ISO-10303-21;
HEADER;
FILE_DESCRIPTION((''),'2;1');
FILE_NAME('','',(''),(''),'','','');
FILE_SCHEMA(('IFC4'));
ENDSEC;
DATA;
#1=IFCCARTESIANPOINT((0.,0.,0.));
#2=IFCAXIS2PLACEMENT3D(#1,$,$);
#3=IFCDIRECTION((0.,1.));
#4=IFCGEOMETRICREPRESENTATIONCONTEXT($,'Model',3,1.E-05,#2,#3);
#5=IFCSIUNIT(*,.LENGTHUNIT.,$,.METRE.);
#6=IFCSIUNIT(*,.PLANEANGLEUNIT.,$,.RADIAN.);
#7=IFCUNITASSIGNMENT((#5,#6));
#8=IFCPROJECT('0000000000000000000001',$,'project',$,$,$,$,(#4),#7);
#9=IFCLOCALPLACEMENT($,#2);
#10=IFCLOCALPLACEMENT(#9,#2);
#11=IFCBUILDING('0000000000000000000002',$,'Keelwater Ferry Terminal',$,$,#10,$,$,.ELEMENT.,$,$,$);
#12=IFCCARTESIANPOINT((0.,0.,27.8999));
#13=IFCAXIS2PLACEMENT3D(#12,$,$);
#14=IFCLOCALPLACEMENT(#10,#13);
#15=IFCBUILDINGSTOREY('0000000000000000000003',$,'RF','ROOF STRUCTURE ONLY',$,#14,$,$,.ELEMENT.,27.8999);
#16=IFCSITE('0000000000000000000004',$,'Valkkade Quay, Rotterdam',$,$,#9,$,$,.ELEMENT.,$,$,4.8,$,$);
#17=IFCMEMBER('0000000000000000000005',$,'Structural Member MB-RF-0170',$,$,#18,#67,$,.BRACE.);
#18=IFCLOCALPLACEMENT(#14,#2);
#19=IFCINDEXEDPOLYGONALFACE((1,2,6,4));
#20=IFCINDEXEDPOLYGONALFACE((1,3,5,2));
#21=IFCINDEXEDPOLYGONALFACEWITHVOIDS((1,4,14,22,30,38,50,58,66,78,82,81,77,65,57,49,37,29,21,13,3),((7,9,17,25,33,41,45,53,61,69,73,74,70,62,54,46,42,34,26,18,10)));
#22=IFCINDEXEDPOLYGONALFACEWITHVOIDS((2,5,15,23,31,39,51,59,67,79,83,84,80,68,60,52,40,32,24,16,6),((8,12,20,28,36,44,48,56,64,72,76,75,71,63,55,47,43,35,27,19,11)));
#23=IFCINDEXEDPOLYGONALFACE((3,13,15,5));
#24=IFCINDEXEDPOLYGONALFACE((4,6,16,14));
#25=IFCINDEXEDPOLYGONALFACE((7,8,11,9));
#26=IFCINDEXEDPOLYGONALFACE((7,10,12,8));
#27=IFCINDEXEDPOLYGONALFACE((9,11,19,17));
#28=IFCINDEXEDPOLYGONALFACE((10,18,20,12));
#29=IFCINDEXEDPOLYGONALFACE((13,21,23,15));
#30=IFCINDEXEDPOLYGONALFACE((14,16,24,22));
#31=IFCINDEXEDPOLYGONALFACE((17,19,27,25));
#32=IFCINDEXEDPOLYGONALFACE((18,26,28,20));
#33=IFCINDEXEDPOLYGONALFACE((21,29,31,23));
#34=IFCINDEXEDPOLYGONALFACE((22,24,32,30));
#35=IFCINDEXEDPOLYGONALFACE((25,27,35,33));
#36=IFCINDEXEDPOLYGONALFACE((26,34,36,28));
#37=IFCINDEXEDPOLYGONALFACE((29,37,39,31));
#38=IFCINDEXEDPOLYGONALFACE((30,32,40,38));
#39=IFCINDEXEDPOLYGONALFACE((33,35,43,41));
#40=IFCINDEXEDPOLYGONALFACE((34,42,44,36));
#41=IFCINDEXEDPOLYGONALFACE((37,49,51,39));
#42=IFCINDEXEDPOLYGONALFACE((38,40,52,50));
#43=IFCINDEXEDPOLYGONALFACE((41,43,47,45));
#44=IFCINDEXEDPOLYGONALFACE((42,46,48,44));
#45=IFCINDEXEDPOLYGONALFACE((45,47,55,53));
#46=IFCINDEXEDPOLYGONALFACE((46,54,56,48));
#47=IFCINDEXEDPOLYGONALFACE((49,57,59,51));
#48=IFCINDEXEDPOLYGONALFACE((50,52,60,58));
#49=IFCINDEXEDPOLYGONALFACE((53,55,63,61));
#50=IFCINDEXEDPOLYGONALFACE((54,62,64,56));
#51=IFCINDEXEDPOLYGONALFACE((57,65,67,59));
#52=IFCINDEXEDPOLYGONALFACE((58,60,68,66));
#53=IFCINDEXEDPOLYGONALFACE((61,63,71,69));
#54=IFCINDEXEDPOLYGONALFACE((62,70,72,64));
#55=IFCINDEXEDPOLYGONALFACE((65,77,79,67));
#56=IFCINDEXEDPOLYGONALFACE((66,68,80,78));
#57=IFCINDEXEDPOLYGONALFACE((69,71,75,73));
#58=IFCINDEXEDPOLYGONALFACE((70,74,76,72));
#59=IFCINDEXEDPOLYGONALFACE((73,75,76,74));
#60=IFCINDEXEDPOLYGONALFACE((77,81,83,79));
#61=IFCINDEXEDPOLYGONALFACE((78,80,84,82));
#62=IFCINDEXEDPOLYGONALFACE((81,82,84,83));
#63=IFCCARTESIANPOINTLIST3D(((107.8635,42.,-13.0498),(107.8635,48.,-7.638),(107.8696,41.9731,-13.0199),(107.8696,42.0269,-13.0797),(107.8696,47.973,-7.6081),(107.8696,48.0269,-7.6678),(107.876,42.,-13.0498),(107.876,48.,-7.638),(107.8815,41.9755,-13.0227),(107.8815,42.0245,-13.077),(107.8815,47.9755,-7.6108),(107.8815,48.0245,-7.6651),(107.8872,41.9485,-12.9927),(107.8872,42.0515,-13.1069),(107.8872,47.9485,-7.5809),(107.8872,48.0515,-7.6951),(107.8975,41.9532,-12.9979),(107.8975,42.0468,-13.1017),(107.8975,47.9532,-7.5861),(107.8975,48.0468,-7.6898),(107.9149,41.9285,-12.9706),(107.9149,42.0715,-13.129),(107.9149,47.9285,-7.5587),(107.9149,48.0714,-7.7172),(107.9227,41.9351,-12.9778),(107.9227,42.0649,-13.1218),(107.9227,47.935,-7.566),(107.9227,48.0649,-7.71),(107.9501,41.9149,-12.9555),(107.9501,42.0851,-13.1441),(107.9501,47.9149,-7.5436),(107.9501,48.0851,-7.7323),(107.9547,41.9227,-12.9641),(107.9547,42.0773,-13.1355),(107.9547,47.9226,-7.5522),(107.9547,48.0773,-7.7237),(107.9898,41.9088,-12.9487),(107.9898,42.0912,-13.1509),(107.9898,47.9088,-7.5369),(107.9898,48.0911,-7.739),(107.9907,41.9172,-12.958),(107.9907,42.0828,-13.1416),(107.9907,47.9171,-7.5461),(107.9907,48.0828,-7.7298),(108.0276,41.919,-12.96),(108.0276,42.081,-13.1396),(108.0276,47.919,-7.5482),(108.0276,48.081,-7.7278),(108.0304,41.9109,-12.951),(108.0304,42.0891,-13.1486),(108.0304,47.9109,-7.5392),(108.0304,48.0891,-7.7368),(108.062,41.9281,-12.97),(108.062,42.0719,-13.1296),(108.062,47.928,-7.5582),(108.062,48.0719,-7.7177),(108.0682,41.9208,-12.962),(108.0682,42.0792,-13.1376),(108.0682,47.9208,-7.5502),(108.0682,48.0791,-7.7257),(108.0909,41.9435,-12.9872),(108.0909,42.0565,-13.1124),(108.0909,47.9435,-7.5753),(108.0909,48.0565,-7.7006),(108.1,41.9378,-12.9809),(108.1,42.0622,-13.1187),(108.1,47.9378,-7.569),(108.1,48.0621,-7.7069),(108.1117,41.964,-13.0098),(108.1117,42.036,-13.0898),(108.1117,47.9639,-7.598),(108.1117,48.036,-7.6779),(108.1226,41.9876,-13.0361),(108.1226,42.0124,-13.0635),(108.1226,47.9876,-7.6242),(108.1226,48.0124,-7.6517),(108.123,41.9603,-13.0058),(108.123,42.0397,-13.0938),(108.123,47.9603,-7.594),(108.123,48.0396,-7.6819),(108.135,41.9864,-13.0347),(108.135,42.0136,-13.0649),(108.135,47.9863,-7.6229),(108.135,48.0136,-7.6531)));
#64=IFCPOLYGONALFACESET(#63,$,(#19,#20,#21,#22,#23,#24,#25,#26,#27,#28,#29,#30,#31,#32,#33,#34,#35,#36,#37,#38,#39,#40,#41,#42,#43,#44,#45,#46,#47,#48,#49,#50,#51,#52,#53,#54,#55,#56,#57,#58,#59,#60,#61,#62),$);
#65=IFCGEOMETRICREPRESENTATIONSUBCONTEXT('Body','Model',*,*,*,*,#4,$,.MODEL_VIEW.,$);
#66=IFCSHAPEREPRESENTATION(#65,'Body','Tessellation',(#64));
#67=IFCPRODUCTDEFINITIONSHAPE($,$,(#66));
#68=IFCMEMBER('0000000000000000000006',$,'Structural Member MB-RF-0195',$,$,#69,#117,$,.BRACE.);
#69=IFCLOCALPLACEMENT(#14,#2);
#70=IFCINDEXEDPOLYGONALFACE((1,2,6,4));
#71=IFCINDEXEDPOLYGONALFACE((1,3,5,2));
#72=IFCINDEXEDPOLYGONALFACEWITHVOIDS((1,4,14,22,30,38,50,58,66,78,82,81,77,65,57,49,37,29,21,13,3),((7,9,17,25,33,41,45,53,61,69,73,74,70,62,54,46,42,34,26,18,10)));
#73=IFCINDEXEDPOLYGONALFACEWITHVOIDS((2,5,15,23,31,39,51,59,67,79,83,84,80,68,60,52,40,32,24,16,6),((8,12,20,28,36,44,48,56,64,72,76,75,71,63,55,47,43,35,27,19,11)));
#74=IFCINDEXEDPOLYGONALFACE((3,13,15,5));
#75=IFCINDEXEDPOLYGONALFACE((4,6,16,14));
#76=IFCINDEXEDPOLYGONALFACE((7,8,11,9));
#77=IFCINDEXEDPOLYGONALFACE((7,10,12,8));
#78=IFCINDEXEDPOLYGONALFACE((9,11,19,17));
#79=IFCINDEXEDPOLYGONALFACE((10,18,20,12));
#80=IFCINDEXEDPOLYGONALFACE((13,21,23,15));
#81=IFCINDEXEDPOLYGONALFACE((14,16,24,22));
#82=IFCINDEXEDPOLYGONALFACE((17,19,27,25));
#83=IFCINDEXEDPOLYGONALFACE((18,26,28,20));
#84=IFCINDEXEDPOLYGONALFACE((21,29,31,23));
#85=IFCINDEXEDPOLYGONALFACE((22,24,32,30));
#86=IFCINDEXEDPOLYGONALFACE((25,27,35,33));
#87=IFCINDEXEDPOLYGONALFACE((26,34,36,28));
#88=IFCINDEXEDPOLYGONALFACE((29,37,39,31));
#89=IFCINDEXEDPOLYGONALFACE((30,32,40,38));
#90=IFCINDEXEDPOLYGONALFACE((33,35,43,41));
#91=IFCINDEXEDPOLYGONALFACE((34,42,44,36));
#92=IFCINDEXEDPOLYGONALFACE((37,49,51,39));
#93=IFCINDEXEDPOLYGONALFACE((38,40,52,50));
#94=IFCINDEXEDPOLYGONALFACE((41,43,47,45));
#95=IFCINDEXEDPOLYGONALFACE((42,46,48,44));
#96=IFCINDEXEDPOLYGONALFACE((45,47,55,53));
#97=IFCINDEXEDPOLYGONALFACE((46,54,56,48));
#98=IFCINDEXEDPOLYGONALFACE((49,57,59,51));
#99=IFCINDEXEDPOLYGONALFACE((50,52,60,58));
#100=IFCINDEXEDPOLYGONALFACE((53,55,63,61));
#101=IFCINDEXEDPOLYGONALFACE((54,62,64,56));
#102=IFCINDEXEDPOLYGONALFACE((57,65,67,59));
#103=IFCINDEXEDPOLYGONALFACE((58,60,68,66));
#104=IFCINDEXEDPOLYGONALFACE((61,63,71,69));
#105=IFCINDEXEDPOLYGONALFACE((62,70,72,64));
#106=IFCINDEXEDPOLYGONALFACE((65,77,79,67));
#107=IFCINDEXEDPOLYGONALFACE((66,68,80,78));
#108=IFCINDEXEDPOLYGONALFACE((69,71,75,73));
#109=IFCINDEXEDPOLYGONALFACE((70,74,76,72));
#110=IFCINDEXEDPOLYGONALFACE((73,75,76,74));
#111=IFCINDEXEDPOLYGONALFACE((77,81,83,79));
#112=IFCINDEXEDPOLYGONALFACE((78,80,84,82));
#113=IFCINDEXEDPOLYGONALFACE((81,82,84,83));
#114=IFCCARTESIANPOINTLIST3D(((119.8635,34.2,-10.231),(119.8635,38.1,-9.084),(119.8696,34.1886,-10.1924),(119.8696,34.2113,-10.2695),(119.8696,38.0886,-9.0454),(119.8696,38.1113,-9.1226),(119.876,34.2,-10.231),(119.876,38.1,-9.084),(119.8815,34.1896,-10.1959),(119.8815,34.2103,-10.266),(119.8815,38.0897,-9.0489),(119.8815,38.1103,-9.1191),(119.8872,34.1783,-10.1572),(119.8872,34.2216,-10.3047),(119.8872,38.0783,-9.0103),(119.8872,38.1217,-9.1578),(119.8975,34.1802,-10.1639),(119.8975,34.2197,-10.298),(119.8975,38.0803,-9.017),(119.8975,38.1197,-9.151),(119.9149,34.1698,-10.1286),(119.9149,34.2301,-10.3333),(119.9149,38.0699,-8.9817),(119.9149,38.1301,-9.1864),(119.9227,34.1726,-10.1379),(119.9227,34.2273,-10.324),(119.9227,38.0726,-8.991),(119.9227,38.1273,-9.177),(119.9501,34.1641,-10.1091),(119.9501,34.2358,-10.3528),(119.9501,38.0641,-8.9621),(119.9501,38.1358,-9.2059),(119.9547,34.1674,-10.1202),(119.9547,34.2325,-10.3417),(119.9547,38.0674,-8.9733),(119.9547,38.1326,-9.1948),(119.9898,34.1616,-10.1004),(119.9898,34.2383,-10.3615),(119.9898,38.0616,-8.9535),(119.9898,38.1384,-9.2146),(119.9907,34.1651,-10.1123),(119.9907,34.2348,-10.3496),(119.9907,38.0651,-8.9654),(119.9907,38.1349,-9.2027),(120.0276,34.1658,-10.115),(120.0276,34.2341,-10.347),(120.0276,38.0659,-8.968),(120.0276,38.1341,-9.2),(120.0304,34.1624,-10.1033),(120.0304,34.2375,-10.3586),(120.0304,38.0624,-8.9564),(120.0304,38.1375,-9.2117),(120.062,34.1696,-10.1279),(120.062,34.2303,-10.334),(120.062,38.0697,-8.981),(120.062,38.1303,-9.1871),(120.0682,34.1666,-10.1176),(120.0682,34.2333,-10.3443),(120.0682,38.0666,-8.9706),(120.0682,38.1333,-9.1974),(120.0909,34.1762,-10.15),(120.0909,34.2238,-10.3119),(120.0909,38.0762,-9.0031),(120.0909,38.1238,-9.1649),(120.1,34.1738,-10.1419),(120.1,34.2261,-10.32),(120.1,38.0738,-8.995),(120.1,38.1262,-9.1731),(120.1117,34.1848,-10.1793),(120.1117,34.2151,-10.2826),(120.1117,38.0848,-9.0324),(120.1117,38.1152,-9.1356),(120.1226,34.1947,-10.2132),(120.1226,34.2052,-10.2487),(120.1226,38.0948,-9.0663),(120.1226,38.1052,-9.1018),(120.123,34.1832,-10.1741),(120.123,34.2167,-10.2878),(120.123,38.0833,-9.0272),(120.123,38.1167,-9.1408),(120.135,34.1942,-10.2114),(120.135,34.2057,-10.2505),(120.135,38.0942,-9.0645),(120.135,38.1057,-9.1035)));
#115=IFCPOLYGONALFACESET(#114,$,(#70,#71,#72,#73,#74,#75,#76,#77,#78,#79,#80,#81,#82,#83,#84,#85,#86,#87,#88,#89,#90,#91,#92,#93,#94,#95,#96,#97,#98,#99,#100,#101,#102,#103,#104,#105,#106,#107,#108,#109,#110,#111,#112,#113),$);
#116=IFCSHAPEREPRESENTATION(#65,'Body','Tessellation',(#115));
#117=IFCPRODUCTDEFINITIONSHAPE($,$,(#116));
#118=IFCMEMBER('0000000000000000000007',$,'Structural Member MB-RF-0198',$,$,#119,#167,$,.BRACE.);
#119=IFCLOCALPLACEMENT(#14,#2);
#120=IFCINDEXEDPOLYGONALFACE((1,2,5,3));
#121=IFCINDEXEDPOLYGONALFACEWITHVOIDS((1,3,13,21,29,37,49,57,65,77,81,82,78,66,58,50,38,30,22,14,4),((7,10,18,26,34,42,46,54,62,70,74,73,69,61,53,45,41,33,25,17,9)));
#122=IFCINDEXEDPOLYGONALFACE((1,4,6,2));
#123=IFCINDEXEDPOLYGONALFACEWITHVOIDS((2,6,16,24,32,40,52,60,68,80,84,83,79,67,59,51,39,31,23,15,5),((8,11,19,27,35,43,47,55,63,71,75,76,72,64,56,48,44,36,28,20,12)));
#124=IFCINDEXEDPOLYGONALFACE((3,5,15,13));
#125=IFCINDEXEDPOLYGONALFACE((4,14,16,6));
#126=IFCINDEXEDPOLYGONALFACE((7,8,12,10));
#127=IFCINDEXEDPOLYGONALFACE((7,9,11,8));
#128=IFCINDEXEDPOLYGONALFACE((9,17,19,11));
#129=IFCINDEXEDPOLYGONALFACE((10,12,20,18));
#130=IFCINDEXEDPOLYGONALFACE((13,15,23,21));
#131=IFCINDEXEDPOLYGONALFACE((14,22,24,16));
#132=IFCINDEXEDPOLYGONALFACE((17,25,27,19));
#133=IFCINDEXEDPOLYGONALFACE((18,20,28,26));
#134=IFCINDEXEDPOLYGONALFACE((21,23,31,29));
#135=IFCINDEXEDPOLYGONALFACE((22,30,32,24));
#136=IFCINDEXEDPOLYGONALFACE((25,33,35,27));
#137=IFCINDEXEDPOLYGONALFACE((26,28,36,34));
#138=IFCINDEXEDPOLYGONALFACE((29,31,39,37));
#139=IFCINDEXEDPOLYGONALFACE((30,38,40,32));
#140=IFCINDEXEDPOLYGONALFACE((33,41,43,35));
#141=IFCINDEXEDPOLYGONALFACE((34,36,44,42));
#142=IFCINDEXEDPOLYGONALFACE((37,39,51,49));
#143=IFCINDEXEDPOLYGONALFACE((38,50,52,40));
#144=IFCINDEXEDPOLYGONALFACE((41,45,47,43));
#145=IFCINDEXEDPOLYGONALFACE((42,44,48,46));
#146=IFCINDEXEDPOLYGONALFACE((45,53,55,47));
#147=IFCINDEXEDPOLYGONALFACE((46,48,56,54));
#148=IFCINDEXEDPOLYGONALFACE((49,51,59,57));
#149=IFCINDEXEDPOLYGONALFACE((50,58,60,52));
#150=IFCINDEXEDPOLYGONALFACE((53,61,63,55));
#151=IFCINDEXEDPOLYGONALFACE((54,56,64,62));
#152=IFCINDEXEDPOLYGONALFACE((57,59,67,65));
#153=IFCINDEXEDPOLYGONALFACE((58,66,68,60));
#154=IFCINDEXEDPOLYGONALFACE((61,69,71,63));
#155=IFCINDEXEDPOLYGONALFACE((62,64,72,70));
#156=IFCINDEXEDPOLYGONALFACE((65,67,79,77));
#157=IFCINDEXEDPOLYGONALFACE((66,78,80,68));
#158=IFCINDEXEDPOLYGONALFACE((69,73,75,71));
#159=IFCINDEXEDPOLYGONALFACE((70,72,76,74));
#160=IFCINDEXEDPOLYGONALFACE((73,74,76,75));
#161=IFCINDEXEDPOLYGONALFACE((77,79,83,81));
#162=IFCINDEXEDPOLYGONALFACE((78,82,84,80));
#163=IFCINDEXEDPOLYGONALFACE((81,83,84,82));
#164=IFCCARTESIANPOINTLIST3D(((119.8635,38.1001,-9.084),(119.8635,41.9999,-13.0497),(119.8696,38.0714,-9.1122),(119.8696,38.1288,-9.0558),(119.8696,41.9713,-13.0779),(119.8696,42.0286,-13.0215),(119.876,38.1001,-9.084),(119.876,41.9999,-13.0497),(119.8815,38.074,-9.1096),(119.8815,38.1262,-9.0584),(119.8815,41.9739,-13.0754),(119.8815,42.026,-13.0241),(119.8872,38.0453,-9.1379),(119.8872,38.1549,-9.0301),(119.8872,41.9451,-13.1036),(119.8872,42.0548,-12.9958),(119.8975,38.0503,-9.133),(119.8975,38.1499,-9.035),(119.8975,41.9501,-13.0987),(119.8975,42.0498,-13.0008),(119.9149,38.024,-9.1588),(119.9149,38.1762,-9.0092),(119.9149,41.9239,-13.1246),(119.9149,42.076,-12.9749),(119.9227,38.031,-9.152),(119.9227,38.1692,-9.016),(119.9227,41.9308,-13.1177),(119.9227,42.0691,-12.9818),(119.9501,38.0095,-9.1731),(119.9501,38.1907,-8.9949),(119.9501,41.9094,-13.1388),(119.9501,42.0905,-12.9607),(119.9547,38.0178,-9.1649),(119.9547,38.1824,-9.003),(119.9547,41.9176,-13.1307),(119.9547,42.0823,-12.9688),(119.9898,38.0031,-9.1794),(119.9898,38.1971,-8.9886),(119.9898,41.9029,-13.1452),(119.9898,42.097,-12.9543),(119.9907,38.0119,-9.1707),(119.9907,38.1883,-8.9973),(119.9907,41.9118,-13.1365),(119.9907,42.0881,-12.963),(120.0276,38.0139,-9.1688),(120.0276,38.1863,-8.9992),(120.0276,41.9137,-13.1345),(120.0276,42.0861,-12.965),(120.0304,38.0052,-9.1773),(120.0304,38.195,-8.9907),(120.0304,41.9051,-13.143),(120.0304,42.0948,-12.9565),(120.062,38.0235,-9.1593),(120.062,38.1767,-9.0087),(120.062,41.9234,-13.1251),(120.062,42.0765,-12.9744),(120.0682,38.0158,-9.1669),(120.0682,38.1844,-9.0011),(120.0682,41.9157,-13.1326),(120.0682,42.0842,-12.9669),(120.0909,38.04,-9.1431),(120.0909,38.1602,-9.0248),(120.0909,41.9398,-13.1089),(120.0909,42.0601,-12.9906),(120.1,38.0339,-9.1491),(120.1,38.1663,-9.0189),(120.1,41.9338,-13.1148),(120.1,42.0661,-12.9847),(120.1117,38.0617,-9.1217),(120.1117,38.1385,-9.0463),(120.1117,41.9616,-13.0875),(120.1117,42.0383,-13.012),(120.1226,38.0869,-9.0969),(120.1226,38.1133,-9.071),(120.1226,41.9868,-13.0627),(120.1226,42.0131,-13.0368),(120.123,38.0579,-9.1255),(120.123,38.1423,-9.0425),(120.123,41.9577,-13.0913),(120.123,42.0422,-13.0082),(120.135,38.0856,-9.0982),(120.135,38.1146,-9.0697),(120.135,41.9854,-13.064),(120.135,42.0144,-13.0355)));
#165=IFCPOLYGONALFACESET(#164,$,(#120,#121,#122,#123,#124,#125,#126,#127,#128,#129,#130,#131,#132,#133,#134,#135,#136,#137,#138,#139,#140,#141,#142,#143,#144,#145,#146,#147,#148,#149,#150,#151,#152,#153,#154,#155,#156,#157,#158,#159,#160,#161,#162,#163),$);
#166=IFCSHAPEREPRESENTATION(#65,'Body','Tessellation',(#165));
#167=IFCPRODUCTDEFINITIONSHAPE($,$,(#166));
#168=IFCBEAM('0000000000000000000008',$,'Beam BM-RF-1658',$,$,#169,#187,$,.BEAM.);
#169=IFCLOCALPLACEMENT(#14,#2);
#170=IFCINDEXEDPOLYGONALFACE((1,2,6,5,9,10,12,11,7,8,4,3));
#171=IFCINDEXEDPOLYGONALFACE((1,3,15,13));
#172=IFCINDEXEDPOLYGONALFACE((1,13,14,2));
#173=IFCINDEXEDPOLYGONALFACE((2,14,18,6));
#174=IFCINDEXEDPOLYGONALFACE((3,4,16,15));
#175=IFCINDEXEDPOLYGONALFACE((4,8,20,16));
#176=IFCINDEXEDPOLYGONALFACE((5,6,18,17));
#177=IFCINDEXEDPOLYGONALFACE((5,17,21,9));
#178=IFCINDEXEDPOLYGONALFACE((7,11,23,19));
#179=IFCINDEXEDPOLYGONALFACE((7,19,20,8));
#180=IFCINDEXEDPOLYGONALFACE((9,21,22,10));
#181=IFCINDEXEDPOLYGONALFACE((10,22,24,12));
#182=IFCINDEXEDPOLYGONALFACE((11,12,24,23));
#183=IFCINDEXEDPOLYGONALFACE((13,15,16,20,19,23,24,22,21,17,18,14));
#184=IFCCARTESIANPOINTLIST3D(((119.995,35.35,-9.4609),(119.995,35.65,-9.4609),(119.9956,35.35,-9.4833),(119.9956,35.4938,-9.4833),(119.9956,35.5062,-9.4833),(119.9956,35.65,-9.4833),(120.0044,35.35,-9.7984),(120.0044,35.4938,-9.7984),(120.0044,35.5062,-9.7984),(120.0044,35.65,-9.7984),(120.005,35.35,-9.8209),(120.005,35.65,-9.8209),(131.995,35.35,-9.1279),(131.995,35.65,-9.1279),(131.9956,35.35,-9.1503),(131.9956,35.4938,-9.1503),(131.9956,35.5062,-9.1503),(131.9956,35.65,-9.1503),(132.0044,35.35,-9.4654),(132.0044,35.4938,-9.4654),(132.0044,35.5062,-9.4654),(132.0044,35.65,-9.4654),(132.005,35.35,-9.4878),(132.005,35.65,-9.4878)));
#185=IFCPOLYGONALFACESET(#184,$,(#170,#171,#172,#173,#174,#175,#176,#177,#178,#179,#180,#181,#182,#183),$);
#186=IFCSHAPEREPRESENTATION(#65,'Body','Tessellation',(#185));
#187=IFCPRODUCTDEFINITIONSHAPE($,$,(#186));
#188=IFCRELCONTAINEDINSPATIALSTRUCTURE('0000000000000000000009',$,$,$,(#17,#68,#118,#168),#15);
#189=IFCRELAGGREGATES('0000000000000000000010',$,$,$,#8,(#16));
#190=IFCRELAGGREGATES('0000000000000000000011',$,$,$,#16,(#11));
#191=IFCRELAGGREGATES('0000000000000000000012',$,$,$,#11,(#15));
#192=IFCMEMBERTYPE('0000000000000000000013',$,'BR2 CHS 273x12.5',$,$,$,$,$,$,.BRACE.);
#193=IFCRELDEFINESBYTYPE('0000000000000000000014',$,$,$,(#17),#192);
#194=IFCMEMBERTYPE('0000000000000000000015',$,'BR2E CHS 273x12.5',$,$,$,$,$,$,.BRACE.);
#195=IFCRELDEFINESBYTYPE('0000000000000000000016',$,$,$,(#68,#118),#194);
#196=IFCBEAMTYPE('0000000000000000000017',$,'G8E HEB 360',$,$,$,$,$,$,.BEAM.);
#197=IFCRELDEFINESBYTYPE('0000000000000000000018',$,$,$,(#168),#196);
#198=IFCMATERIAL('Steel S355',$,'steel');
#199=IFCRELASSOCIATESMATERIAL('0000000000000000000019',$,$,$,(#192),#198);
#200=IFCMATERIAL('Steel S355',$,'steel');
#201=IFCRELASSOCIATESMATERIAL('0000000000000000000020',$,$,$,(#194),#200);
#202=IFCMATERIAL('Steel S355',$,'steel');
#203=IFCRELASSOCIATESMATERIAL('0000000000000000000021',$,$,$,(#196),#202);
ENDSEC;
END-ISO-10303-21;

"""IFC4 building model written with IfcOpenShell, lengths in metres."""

from ifc_helpers import new_model, si_unit, direction, frame, origin, origin_2d, place, context, subcontext, project, spatial, hollow_circle, i_section, extrude, material, material_profile, profile_set, type_object, element, save


model = new_model("IFC4")

# Units and contexts
model_context = context("Model", 3, precision=1e-05, world=origin(), true_north=direction((0.0, 1.0)))
body_context = subcontext(model_context, "Body", "Model", "MODEL_VIEW")
ifc_project = project(units=[si_unit("LENGTHUNIT", "METRE"), si_unit("PLANEANGLEUNIT", "RADIAN")], contexts=[model_context])

# Site, building, storey
site_placement = place(None, origin())
site = spatial("IfcSite", under=ifc_project, at=site_placement, Name="Valkkade Quay, Rotterdam", CompositionType="ELEMENT", RefElevation=4.8)
building_placement = place(site_placement, origin())
building = spatial("IfcBuilding", under=site, at=building_placement, Name="Keelwater Ferry Terminal", CompositionType="ELEMENT")
storey_placement = place(building_placement, frame((0.0, 0.0, 27.8999)))
storey = spatial("IfcBuildingStorey", under=building, at=storey_placement, Name="RF", Description="ROOF STRUCTURE ONLY", CompositionType="ELEMENT", Elevation=27.8999)

# Members
ifc_material_1 = material(Name="Steel S355", Category="steel")
ifc_material_profile_1 = material_profile(ifc_material_1, hollow_circle(Radius=0.1365, WallThickness=0.0125, at=origin_2d()), Name="CHS 273x12.5")
ifc_profile_set_1 = profile_set([ifc_material_profile_1], Name="Steel S355")
member_type_1 = type_object("IfcMemberType", Name="BR2 CHS 273x12.5", PredefinedType="BRACE", material=ifc_profile_set_1)
member_1_placement = place(storey_placement, frame((108.0, 42.0, -13.0498), z_axis=(0.0, 0.742564, 0.669776), x_axis=(-1.0, 0.0, 0.0)))
element("IfcMember", 1, at=member_1_placement, inside=storey, type_object=member_type_1, Name="Structural Member MB-RF-0170", PredefinedType="BRACE", context=body_context, shape_type="SweptSolid", body=[
    extrude(hollow_circle(Radius=0.1365, WallThickness=0.0125, at=origin_2d()), origin(), (0.0, 0.0, 1.0), 8.0801),
])
ifc_material_2 = material(Name="Steel S355", Category="steel")
ifc_material_profile_2 = material_profile(ifc_material_2, hollow_circle(Radius=0.1365, WallThickness=0.0125, at=origin_2d()), Name="CHS 273x12.5")
ifc_profile_set_2 = profile_set([ifc_material_profile_2], Name="Steel S355")
member_type_2 = type_object("IfcMemberType", Name="BR2E CHS 273x12.5", PredefinedType="BRACE", material=ifc_profile_set_2)
member_2_placement = place(storey_placement, frame((120.0, 34.2, -10.231), z_axis=(0.0, 0.959374, 0.282137), x_axis=(-1.0, 0.0, 0.0)))
element("IfcMember", 2, at=member_2_placement, inside=storey, type_object=member_type_2, Name="Structural Member MB-RF-0195", PredefinedType="BRACE", context=body_context, shape_type="SweptSolid", body=[
    extrude(hollow_circle(Radius=0.1365, WallThickness=0.0125, at=origin_2d()), origin(), (0.0, 0.0, 1.0), 4.0652),
])
member_3_placement = place(storey_placement, frame((120.0, 38.1001, -9.084), z_axis=(0.0, 0.701156, -0.713008), x_axis=(-1.0, 0.0, 0.0)))
element("IfcMember", 3, at=member_3_placement, inside=storey, type_object=member_type_2, Name="Structural Member MB-RF-0198", PredefinedType="BRACE", context=body_context, shape_type="SweptSolid", body=[
    extrude(hollow_circle(Radius=0.1365, WallThickness=0.0125, at=origin_2d()), origin(), (0.0, 0.0, 1.0), 5.562),
])

# Beam
ifc_material_3 = material(Name="Steel S355", Category="steel")
ifc_material_profile_3 = material_profile(ifc_material_3, i_section(OverallWidth=0.3, OverallDepth=0.3601, WebThickness=0.0125, FlangeThickness=0.0225, at=origin_2d()), Name="HEB 360")
ifc_profile_set_3 = profile_set([ifc_material_profile_3], Name="Steel S355")
beam_type = type_object("IfcBeamType", Name="G8E HEB 360", PredefinedType="BEAM", material=ifc_profile_set_3)
beam_placement = place(storey_placement, frame((120.0, 35.5, -9.6409), z_axis=(0.999615, 0.0, 0.02774), x_axis=(0.0, 1.0, 0.0)))
element("IfcBeam", 4, at=beam_placement, inside=storey, type_object=beam_type, Name="Beam BM-RF-1658", PredefinedType="BEAM", context=body_context, shape_type="SweptSolid", body=[
    extrude(i_section(OverallWidth=0.3, OverallDepth=0.3601, WebThickness=0.0125, FlangeThickness=0.0225, at=origin_2d()), origin(), (0.0, 0.0, 1.0), 12.0046),
])

save(model, "model.ifc")
